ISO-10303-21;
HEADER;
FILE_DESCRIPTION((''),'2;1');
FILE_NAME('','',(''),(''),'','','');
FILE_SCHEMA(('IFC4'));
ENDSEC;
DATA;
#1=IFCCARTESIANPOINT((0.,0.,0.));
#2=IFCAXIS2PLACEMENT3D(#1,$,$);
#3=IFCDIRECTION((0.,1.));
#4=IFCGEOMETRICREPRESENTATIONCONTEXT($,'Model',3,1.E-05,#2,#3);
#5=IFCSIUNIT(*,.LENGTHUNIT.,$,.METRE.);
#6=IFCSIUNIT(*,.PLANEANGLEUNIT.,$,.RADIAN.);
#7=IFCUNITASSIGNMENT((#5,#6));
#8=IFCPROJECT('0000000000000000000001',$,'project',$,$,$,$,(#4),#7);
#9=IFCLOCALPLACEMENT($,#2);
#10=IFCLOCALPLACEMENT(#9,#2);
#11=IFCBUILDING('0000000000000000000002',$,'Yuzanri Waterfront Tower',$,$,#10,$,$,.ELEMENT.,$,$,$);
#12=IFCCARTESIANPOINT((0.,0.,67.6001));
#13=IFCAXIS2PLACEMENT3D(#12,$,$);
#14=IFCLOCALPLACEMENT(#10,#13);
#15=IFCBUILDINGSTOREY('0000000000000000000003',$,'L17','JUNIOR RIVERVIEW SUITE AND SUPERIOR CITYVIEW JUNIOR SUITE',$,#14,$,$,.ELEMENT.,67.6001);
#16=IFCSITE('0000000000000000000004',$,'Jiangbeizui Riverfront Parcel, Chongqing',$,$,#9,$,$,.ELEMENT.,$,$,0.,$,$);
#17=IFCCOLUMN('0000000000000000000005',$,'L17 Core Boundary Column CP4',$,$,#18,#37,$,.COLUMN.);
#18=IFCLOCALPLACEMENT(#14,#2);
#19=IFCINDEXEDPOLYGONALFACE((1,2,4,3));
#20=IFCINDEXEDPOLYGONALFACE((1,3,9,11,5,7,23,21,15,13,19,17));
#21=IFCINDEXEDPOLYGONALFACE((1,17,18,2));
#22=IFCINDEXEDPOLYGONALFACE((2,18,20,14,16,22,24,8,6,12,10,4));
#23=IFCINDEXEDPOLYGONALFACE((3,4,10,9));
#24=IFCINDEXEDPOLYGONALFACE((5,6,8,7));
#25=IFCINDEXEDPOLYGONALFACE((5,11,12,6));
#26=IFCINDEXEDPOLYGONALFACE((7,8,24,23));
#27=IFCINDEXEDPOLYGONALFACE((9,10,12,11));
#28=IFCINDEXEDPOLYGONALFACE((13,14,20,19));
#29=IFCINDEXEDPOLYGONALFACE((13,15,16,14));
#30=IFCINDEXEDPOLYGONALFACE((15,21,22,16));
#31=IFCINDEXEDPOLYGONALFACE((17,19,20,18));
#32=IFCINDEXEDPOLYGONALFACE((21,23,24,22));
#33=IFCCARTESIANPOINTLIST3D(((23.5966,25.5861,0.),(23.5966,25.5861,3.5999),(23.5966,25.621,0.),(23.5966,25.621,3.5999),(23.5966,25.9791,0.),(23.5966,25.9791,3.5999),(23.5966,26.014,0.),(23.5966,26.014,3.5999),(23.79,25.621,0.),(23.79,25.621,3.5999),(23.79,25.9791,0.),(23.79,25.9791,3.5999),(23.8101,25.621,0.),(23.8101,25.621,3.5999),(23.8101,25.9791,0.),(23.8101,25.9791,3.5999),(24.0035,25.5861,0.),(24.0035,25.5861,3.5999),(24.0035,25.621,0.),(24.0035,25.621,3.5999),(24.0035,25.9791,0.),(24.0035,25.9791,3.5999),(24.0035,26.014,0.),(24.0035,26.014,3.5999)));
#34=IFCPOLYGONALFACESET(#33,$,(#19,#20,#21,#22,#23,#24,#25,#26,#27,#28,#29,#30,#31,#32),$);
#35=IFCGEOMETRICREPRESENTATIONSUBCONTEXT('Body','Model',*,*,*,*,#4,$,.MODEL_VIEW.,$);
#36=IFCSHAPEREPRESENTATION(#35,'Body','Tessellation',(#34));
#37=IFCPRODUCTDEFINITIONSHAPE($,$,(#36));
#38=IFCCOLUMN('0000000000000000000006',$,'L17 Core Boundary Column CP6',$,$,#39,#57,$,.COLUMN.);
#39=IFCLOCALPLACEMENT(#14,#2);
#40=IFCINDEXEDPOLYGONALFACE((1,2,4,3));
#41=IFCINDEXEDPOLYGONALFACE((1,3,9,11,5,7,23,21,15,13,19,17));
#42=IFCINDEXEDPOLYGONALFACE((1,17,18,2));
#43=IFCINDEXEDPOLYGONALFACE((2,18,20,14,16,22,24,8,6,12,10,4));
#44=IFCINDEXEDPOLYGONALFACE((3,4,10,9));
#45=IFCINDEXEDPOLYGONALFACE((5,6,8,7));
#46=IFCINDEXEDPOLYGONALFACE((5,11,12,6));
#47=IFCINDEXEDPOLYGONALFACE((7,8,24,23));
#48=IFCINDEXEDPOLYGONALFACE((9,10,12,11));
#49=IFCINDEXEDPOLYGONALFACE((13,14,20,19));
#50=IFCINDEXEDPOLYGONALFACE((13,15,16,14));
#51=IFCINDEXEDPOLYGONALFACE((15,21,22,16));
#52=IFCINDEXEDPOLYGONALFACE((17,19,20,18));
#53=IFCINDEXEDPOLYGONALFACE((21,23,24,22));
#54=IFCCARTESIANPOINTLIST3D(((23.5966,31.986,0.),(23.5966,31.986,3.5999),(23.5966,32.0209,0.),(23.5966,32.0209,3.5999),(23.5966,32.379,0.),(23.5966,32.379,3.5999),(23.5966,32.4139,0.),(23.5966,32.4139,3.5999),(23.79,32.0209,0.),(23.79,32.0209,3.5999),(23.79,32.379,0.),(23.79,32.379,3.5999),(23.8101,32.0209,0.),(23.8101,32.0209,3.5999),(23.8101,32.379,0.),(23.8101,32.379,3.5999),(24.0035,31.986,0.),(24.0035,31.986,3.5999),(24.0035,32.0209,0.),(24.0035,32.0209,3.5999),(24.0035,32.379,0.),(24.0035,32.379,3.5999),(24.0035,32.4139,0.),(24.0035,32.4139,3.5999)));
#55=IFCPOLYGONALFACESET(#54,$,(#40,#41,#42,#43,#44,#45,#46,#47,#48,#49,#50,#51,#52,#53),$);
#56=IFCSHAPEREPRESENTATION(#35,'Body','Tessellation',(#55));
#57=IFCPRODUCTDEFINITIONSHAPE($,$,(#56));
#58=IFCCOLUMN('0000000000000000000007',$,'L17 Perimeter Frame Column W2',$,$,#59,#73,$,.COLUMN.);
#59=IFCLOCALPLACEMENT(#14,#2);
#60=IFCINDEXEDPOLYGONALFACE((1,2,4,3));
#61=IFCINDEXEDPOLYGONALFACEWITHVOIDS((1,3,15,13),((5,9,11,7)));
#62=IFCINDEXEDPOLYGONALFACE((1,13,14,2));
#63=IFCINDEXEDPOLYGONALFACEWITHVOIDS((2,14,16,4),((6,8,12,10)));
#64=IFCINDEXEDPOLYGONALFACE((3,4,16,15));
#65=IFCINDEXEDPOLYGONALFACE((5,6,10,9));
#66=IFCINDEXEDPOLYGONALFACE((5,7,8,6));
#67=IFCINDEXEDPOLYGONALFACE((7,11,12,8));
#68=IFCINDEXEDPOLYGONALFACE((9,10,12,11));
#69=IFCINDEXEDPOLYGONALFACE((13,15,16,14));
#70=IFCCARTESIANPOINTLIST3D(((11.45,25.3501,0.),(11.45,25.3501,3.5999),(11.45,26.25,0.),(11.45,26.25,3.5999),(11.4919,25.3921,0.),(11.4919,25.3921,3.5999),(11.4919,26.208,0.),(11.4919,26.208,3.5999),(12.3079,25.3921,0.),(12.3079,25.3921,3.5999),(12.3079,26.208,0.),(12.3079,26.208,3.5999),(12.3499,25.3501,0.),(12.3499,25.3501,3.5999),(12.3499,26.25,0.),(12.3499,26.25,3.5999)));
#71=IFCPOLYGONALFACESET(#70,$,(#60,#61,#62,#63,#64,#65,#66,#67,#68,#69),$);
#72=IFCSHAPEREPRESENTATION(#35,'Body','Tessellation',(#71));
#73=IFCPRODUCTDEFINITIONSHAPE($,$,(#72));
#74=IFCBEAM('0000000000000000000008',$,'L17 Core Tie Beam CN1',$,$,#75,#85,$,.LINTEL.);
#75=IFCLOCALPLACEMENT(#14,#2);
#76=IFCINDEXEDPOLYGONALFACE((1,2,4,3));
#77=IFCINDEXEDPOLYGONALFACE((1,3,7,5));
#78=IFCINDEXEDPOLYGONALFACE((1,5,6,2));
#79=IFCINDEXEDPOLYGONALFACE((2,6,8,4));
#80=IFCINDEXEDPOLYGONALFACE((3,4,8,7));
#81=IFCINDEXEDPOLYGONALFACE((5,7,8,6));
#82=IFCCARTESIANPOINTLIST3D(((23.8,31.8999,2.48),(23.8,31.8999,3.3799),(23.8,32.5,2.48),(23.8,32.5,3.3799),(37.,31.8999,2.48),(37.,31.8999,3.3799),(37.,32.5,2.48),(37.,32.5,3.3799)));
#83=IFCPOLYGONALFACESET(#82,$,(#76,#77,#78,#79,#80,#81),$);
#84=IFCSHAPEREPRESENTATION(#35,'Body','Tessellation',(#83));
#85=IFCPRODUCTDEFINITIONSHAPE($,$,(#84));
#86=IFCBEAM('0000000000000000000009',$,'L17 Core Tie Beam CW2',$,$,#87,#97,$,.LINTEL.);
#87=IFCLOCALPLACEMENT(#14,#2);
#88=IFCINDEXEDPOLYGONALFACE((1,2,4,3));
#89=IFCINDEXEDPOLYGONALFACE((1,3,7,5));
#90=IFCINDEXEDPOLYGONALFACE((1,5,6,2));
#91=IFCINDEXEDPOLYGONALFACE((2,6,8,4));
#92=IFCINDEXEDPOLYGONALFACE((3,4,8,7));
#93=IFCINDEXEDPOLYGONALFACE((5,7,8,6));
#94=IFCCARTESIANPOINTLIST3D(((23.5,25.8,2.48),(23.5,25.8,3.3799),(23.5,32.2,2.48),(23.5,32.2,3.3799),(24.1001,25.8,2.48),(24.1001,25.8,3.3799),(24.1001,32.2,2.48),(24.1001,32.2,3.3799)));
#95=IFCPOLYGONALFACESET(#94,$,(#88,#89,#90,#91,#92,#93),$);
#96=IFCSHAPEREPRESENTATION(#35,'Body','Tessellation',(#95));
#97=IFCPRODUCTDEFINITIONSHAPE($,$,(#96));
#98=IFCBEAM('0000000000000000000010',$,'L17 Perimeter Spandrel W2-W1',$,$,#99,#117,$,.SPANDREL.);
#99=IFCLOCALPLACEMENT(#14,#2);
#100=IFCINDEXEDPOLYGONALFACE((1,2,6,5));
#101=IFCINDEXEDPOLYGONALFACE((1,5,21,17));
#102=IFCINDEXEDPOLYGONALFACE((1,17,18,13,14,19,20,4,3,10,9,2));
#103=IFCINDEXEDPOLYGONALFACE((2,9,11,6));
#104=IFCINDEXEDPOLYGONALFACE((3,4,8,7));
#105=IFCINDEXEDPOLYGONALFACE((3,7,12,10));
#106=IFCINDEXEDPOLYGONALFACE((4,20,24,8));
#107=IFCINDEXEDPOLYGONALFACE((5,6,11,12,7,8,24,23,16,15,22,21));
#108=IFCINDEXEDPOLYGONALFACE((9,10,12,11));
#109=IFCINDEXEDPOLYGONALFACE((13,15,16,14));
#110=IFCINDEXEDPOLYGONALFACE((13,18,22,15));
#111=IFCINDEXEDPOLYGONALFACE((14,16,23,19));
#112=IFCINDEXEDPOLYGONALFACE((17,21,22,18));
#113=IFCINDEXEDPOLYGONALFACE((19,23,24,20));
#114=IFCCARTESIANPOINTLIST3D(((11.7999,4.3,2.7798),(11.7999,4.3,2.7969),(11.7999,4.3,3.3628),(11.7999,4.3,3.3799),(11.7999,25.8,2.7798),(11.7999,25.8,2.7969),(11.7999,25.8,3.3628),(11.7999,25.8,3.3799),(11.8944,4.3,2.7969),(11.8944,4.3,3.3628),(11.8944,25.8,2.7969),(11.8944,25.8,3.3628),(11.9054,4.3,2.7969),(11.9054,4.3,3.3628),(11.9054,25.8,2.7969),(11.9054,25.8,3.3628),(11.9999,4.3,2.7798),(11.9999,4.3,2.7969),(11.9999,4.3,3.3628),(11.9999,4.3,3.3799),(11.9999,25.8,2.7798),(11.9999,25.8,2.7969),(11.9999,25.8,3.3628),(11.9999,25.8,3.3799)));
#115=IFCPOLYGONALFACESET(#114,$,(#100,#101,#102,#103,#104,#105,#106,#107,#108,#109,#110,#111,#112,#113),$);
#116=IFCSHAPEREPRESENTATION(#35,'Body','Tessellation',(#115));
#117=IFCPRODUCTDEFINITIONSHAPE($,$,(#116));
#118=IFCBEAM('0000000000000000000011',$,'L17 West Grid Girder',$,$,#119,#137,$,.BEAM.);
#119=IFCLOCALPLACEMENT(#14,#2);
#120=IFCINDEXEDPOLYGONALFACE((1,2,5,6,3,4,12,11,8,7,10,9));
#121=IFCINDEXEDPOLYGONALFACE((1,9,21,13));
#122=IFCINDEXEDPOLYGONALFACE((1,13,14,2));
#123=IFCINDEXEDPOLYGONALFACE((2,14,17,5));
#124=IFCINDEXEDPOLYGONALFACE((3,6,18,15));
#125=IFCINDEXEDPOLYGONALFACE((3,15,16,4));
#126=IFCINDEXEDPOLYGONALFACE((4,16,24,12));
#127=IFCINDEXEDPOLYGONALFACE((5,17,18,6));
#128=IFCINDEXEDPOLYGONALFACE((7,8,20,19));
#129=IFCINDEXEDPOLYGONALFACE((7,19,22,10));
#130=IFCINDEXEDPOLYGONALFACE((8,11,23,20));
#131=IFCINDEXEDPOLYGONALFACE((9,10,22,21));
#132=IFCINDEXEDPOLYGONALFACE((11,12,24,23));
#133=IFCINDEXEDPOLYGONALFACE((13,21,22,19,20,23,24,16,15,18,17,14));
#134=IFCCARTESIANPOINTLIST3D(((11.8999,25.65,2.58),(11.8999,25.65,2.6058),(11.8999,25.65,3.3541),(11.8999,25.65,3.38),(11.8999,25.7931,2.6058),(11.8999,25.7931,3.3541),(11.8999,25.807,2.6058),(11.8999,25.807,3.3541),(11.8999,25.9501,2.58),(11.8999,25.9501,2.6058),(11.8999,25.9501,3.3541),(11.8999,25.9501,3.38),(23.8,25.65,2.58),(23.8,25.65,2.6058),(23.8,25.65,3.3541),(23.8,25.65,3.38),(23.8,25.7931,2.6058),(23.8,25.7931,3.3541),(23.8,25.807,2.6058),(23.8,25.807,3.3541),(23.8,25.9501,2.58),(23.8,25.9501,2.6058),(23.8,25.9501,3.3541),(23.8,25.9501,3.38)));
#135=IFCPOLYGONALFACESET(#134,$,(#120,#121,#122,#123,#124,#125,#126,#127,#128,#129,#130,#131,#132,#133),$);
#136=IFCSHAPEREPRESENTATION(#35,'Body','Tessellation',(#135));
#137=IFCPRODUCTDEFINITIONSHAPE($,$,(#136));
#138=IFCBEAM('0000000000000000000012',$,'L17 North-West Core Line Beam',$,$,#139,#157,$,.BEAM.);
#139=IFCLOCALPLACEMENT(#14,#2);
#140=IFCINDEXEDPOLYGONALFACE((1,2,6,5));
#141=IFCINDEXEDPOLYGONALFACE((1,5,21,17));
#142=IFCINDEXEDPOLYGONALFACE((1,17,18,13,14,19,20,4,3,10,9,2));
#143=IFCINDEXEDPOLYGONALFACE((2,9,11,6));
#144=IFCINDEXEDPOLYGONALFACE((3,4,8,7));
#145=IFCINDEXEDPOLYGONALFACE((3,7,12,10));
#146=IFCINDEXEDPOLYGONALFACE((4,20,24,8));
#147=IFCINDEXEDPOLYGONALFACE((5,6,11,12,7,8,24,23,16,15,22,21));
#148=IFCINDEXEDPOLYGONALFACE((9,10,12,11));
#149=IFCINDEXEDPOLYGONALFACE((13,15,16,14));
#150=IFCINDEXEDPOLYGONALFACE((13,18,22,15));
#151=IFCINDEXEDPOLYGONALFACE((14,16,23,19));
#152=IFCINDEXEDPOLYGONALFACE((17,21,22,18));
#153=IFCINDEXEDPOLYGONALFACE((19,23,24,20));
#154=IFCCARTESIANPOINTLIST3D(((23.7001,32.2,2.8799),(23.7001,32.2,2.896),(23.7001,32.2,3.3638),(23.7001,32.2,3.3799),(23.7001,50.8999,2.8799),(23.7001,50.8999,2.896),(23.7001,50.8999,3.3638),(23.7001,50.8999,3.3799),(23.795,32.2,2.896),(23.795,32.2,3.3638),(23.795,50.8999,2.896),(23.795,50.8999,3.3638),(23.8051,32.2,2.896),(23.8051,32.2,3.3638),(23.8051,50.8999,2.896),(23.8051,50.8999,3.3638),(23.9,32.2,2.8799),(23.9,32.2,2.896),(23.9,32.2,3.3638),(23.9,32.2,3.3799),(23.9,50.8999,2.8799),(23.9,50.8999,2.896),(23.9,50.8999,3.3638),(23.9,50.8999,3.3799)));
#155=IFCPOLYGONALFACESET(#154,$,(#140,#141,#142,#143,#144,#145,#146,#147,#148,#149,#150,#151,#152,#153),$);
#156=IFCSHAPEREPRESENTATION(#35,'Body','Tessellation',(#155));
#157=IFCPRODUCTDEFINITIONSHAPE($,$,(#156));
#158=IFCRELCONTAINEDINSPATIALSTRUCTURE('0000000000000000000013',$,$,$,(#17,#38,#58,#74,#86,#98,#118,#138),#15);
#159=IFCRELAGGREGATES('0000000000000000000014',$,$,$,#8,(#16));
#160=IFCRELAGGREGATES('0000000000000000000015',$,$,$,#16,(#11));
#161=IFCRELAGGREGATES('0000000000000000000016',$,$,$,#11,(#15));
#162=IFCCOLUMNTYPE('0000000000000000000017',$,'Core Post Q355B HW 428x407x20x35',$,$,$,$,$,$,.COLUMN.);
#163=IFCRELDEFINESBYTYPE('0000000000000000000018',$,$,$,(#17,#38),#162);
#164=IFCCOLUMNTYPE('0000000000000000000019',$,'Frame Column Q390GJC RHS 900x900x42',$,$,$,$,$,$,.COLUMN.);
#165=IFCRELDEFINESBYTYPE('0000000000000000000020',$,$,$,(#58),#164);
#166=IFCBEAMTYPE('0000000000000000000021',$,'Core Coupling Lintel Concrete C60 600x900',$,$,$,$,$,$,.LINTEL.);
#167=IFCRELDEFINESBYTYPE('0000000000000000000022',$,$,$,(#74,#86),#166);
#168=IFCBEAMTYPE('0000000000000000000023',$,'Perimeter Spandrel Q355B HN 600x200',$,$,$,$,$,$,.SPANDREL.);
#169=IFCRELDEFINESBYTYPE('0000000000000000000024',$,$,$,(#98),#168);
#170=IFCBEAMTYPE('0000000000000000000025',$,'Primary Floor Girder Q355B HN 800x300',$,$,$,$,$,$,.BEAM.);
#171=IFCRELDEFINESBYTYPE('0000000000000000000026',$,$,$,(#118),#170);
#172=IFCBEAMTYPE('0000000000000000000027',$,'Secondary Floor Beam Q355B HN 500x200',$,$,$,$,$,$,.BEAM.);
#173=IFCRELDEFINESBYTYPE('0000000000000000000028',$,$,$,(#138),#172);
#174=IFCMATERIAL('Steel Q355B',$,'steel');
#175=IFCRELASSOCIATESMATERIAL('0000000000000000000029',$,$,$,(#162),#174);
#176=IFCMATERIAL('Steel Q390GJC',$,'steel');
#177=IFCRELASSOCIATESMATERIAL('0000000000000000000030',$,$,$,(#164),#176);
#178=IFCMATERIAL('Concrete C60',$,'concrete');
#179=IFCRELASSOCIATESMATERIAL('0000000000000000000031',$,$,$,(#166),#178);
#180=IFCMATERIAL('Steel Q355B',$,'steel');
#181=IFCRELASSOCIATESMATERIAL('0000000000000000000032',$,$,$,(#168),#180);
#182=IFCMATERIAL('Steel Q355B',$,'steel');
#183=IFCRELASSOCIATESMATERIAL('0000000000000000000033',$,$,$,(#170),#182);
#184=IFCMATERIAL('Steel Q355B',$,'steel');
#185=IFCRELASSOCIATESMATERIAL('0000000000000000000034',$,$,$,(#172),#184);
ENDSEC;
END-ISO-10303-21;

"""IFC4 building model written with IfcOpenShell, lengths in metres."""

from ifc_helpers import new_model, si_unit, direction, frame, origin, origin_2d, place, context, subcontext, project, spatial, rectangle, hollow_rectangle, i_section, extrude, source, transform, mapped, material, material_profile, profile_set, type_object, element, save


model = new_model("IFC4")

# Units and contexts
model_context = context("Model", 3, precision=1e-05, world=origin(), true_north=direction((0.0, 1.0)))
body_context = subcontext(model_context, "Body", "Model", "MODEL_VIEW")
ifc_project = project(units=[si_unit("LENGTHUNIT", "METRE"), si_unit("PLANEANGLEUNIT", "RADIAN")], contexts=[model_context])

# Site, building, storey
site_placement = place(None, origin())
site = spatial("IfcSite", under=ifc_project, at=site_placement, Name="Jiangbeizui Riverfront Parcel, Chongqing", CompositionType="ELEMENT", RefElevation=0.0)
building_placement = place(site_placement, origin())
building = spatial("IfcBuilding", under=site, at=building_placement, Name="Yuzanri Waterfront Tower", CompositionType="ELEMENT")
storey_placement = place(building_placement, frame((0.0, 0.0, 67.6001)))
storey = spatial("IfcBuildingStorey", under=building, at=storey_placement, Name="L17", Description="JUNIOR RIVERVIEW SUITE AND SUPERIOR CITYVIEW JUNIOR SUITE", CompositionType="ELEMENT", Elevation=67.6001)

# Columns
ifc_material_1 = material(Name="Steel Q355B", Category="steel")
ifc_material_profile_1 = material_profile(ifc_material_1, i_section(OverallWidth=0.407, OverallDepth=0.428, WebThickness=0.02, FlangeThickness=0.0349, at=origin_2d()), Name="HW 428x407x20x35")
ifc_profile_set_1 = profile_set([ifc_material_profile_1], Name="Steel Q355B")
column_type_1 = type_object("IfcColumnType", Name="Core Post Q355B HW 428x407x20x35", PredefinedType="COLUMN", material=ifc_profile_set_1)
shared_shape_1 = source(origin(), body_context, "Body", "SweptSolid", [
    extrude(i_section(OverallWidth=0.407, OverallDepth=0.428, WebThickness=0.02, FlangeThickness=0.0349, at=origin_2d()), origin(), (0.0, 0.0, 1.0), 3.5999),
])
for number, where, z_axis, x_axis, name in (
    (1, (23.8, 25.8, 0.0), (0.0, 0.0, 1.0), (1.0, 0.0, 0.0), "L17 Core Boundary Column CP4"),
    (2, (23.8, 32.2, 0.0), (0.0, 0.0, 1.0), (1.0, 0.0, 0.0), "L17 Core Boundary Column CP6"),
):
    element("IfcColumn", number, at=place(storey_placement, frame(where, z_axis=z_axis, x_axis=x_axis)), inside=storey, type_object=column_type_1, Name=name, PredefinedType="COLUMN", context=body_context, shape_type="MappedRepresentation", body=[
        mapped(shared_shape_1, transform((0.0, 0.0, 0.0), scale=1.0)),
    ])
ifc_material_2 = material(Name="Steel Q390GJC", Category="steel")
ifc_material_profile_2 = material_profile(ifc_material_2, hollow_rectangle(XDim=0.8999, YDim=0.8999, WallThickness=0.042, at=origin_2d()), Name="RHS 900x900x42")
ifc_profile_set_2 = profile_set([ifc_material_profile_2], Name="Steel Q390GJC")
column_type_2 = type_object("IfcColumnType", Name="Frame Column Q390GJC RHS 900x900x42", PredefinedType="COLUMN", material=ifc_profile_set_2)
shared_shape_2 = source(origin(), body_context, "Body", "SweptSolid", [
    extrude(hollow_rectangle(XDim=0.8999, YDim=0.8999, WallThickness=0.042, at=origin_2d()), origin(), (0.0, 0.0, 1.0), 3.5999),
])
column_placement = place(storey_placement, frame((11.8999, 25.8, 0.0), z_axis=(0.0, 0.0, 1.0), x_axis=(1.0, 0.0, 0.0)))
element("IfcColumn", 3, at=column_placement, inside=storey, type_object=column_type_2, Name="L17 Perimeter Frame Column W2", PredefinedType="COLUMN", context=body_context, shape_type="MappedRepresentation", body=[
    mapped(shared_shape_2, transform((0.0, 0.0, 0.0), scale=1.0)),
])

# Beams
ifc_material_3 = material(Name="Concrete C60", Category="concrete")
ifc_material_profile_3 = material_profile(ifc_material_3, rectangle(XDim=0.6001, YDim=0.8999, at=origin_2d()), Name="RC 600x900")
ifc_profile_set_3 = profile_set([ifc_material_profile_3], Name="Concrete C60")
beam_type_1 = type_object("IfcBeamType", Name="Core Coupling Lintel Concrete C60 600x900", PredefinedType="LINTEL", material=ifc_profile_set_3)
shared_shape_3 = source(origin(), body_context, "Body", "SweptSolid", [
    extrude(rectangle(XDim=0.6001, YDim=0.8999, at=origin_2d()), origin(), (0.0, 0.0, 1.0), 13.2),
])
beam_1_placement = place(storey_placement, frame((23.8, 32.2, 2.9299), z_axis=(1.0, 0.0, 0.0), x_axis=(0.0, 1.0, 0.0)))
element("IfcBeam", 4, at=beam_1_placement, inside=storey, type_object=beam_type_1, Name="L17 Core Tie Beam CN1", PredefinedType="LINTEL", context=body_context, shape_type="MappedRepresentation", body=[
    mapped(shared_shape_3, transform((0.0, 0.0, 0.0), scale=1.0)),
])
shared_shape_4 = source(origin(), body_context, "Body", "SweptSolid", [
    extrude(rectangle(XDim=0.6001, YDim=0.8999, at=origin_2d()), origin(), (0.0, 0.0, 1.0), 6.3999),
])
beam_2_placement = place(storey_placement, frame((23.8, 25.8, 2.9299), z_axis=(0.0, 1.0, 0.0), x_axis=(-1.0, 0.0, 0.0)))
element("IfcBeam", 5, at=beam_2_placement, inside=storey, type_object=beam_type_1, Name="L17 Core Tie Beam CW2", PredefinedType="LINTEL", context=body_context, shape_type="MappedRepresentation", body=[
    mapped(shared_shape_4, transform((0.0, 0.0, 0.0), scale=1.0)),
])
ifc_material_4 = material(Name="Steel Q355B", Category="steel")
ifc_material_profile_4 = material_profile(ifc_material_4, i_section(OverallWidth=0.2, OverallDepth=0.6001, WebThickness=0.011, FlangeThickness=0.0171, at=origin_2d()), Name="HN 600x200x11x17")
ifc_profile_set_4 = profile_set([ifc_material_profile_4], Name="Steel Q355B")
beam_type_2 = type_object("IfcBeamType", Name="Perimeter Spandrel Q355B HN 600x200", PredefinedType="SPANDREL", material=ifc_profile_set_4)
shared_shape_5 = source(origin(), body_context, "Body", "SweptSolid", [
    extrude(i_section(OverallWidth=0.2, OverallDepth=0.6001, WebThickness=0.011, FlangeThickness=0.0171, at=origin_2d()), origin(), (0.0, 0.0, 1.0), 21.5),
])
beam_3_placement = place(storey_placement, frame((11.8999, 25.8, 3.0798), z_axis=(0.0, -1.0, 0.0), x_axis=(1.0, 0.0, 0.0)))
element("IfcBeam", 6, at=beam_3_placement, inside=storey, type_object=beam_type_2, Name="L17 Perimeter Spandrel W2-W1", PredefinedType="SPANDREL", context=body_context, shape_type="MappedRepresentation", body=[
    mapped(shared_shape_5, transform((0.0, 0.0, 0.0), scale=1.0)),
])
ifc_material_5 = material(Name="Steel Q355B", Category="steel")
ifc_material_profile_5 = material_profile(ifc_material_5, i_section(OverallWidth=0.3, OverallDepth=0.8, WebThickness=0.0139, FlangeThickness=0.0259, at=origin_2d()), Name="HN 800x300x14x26")
ifc_profile_set_5 = profile_set([ifc_material_profile_5], Name="Steel Q355B")
beam_type_3 = type_object("IfcBeamType", Name="Primary Floor Girder Q355B HN 800x300", PredefinedType="BEAM", material=ifc_profile_set_5)
shared_shape_6 = source(origin(), body_context, "Body", "SweptSolid", [
    extrude(i_section(OverallWidth=0.3, OverallDepth=0.8, WebThickness=0.0139, FlangeThickness=0.0259, at=origin_2d()), origin(), (0.0, 0.0, 1.0), 11.9001),
])
beam_4_placement = place(storey_placement, frame((23.8, 25.8, 2.98), z_axis=(-1.0, 0.0, 0.0), x_axis=(0.0, -1.0, 0.0)))
element("IfcBeam", 7, at=beam_4_placement, inside=storey, type_object=beam_type_3, Name="L17 West Grid Girder", PredefinedType="BEAM", context=body_context, shape_type="MappedRepresentation", body=[
    mapped(shared_shape_6, transform((0.0, 0.0, 0.0), scale=1.0)),
])
ifc_material_6 = material(Name="Steel Q355B", Category="steel")
ifc_material_profile_6 = material_profile(ifc_material_6, i_section(OverallWidth=0.2, OverallDepth=0.5, WebThickness=0.01, FlangeThickness=0.0161, at=origin_2d()), Name="HN 500x200x10x16")
ifc_profile_set_6 = profile_set([ifc_material_profile_6], Name="Steel Q355B")
beam_type_4 = type_object("IfcBeamType", Name="Secondary Floor Beam Q355B HN 500x200", PredefinedType="BEAM", material=ifc_profile_set_6)
shared_shape_7 = source(origin(), body_context, "Body", "SweptSolid", [
    extrude(i_section(OverallWidth=0.2, OverallDepth=0.5, WebThickness=0.01, FlangeThickness=0.0161, at=origin_2d()), origin(), (0.0, 0.0, 1.0), 18.7),
])
beam_5_placement = place(storey_placement, frame((23.8, 32.2, 3.1299), z_axis=(0.0, 1.0, 0.0), x_axis=(-1.0, 0.0, 0.0)))
element("IfcBeam", 8, at=beam_5_placement, inside=storey, type_object=beam_type_4, Name="L17 North-West Core Line Beam", PredefinedType="BEAM", context=body_context, shape_type="MappedRepresentation", body=[
    mapped(shared_shape_7, transform((0.0, 0.0, 0.0), scale=1.0)),
])

save(model, "model.ifc")
